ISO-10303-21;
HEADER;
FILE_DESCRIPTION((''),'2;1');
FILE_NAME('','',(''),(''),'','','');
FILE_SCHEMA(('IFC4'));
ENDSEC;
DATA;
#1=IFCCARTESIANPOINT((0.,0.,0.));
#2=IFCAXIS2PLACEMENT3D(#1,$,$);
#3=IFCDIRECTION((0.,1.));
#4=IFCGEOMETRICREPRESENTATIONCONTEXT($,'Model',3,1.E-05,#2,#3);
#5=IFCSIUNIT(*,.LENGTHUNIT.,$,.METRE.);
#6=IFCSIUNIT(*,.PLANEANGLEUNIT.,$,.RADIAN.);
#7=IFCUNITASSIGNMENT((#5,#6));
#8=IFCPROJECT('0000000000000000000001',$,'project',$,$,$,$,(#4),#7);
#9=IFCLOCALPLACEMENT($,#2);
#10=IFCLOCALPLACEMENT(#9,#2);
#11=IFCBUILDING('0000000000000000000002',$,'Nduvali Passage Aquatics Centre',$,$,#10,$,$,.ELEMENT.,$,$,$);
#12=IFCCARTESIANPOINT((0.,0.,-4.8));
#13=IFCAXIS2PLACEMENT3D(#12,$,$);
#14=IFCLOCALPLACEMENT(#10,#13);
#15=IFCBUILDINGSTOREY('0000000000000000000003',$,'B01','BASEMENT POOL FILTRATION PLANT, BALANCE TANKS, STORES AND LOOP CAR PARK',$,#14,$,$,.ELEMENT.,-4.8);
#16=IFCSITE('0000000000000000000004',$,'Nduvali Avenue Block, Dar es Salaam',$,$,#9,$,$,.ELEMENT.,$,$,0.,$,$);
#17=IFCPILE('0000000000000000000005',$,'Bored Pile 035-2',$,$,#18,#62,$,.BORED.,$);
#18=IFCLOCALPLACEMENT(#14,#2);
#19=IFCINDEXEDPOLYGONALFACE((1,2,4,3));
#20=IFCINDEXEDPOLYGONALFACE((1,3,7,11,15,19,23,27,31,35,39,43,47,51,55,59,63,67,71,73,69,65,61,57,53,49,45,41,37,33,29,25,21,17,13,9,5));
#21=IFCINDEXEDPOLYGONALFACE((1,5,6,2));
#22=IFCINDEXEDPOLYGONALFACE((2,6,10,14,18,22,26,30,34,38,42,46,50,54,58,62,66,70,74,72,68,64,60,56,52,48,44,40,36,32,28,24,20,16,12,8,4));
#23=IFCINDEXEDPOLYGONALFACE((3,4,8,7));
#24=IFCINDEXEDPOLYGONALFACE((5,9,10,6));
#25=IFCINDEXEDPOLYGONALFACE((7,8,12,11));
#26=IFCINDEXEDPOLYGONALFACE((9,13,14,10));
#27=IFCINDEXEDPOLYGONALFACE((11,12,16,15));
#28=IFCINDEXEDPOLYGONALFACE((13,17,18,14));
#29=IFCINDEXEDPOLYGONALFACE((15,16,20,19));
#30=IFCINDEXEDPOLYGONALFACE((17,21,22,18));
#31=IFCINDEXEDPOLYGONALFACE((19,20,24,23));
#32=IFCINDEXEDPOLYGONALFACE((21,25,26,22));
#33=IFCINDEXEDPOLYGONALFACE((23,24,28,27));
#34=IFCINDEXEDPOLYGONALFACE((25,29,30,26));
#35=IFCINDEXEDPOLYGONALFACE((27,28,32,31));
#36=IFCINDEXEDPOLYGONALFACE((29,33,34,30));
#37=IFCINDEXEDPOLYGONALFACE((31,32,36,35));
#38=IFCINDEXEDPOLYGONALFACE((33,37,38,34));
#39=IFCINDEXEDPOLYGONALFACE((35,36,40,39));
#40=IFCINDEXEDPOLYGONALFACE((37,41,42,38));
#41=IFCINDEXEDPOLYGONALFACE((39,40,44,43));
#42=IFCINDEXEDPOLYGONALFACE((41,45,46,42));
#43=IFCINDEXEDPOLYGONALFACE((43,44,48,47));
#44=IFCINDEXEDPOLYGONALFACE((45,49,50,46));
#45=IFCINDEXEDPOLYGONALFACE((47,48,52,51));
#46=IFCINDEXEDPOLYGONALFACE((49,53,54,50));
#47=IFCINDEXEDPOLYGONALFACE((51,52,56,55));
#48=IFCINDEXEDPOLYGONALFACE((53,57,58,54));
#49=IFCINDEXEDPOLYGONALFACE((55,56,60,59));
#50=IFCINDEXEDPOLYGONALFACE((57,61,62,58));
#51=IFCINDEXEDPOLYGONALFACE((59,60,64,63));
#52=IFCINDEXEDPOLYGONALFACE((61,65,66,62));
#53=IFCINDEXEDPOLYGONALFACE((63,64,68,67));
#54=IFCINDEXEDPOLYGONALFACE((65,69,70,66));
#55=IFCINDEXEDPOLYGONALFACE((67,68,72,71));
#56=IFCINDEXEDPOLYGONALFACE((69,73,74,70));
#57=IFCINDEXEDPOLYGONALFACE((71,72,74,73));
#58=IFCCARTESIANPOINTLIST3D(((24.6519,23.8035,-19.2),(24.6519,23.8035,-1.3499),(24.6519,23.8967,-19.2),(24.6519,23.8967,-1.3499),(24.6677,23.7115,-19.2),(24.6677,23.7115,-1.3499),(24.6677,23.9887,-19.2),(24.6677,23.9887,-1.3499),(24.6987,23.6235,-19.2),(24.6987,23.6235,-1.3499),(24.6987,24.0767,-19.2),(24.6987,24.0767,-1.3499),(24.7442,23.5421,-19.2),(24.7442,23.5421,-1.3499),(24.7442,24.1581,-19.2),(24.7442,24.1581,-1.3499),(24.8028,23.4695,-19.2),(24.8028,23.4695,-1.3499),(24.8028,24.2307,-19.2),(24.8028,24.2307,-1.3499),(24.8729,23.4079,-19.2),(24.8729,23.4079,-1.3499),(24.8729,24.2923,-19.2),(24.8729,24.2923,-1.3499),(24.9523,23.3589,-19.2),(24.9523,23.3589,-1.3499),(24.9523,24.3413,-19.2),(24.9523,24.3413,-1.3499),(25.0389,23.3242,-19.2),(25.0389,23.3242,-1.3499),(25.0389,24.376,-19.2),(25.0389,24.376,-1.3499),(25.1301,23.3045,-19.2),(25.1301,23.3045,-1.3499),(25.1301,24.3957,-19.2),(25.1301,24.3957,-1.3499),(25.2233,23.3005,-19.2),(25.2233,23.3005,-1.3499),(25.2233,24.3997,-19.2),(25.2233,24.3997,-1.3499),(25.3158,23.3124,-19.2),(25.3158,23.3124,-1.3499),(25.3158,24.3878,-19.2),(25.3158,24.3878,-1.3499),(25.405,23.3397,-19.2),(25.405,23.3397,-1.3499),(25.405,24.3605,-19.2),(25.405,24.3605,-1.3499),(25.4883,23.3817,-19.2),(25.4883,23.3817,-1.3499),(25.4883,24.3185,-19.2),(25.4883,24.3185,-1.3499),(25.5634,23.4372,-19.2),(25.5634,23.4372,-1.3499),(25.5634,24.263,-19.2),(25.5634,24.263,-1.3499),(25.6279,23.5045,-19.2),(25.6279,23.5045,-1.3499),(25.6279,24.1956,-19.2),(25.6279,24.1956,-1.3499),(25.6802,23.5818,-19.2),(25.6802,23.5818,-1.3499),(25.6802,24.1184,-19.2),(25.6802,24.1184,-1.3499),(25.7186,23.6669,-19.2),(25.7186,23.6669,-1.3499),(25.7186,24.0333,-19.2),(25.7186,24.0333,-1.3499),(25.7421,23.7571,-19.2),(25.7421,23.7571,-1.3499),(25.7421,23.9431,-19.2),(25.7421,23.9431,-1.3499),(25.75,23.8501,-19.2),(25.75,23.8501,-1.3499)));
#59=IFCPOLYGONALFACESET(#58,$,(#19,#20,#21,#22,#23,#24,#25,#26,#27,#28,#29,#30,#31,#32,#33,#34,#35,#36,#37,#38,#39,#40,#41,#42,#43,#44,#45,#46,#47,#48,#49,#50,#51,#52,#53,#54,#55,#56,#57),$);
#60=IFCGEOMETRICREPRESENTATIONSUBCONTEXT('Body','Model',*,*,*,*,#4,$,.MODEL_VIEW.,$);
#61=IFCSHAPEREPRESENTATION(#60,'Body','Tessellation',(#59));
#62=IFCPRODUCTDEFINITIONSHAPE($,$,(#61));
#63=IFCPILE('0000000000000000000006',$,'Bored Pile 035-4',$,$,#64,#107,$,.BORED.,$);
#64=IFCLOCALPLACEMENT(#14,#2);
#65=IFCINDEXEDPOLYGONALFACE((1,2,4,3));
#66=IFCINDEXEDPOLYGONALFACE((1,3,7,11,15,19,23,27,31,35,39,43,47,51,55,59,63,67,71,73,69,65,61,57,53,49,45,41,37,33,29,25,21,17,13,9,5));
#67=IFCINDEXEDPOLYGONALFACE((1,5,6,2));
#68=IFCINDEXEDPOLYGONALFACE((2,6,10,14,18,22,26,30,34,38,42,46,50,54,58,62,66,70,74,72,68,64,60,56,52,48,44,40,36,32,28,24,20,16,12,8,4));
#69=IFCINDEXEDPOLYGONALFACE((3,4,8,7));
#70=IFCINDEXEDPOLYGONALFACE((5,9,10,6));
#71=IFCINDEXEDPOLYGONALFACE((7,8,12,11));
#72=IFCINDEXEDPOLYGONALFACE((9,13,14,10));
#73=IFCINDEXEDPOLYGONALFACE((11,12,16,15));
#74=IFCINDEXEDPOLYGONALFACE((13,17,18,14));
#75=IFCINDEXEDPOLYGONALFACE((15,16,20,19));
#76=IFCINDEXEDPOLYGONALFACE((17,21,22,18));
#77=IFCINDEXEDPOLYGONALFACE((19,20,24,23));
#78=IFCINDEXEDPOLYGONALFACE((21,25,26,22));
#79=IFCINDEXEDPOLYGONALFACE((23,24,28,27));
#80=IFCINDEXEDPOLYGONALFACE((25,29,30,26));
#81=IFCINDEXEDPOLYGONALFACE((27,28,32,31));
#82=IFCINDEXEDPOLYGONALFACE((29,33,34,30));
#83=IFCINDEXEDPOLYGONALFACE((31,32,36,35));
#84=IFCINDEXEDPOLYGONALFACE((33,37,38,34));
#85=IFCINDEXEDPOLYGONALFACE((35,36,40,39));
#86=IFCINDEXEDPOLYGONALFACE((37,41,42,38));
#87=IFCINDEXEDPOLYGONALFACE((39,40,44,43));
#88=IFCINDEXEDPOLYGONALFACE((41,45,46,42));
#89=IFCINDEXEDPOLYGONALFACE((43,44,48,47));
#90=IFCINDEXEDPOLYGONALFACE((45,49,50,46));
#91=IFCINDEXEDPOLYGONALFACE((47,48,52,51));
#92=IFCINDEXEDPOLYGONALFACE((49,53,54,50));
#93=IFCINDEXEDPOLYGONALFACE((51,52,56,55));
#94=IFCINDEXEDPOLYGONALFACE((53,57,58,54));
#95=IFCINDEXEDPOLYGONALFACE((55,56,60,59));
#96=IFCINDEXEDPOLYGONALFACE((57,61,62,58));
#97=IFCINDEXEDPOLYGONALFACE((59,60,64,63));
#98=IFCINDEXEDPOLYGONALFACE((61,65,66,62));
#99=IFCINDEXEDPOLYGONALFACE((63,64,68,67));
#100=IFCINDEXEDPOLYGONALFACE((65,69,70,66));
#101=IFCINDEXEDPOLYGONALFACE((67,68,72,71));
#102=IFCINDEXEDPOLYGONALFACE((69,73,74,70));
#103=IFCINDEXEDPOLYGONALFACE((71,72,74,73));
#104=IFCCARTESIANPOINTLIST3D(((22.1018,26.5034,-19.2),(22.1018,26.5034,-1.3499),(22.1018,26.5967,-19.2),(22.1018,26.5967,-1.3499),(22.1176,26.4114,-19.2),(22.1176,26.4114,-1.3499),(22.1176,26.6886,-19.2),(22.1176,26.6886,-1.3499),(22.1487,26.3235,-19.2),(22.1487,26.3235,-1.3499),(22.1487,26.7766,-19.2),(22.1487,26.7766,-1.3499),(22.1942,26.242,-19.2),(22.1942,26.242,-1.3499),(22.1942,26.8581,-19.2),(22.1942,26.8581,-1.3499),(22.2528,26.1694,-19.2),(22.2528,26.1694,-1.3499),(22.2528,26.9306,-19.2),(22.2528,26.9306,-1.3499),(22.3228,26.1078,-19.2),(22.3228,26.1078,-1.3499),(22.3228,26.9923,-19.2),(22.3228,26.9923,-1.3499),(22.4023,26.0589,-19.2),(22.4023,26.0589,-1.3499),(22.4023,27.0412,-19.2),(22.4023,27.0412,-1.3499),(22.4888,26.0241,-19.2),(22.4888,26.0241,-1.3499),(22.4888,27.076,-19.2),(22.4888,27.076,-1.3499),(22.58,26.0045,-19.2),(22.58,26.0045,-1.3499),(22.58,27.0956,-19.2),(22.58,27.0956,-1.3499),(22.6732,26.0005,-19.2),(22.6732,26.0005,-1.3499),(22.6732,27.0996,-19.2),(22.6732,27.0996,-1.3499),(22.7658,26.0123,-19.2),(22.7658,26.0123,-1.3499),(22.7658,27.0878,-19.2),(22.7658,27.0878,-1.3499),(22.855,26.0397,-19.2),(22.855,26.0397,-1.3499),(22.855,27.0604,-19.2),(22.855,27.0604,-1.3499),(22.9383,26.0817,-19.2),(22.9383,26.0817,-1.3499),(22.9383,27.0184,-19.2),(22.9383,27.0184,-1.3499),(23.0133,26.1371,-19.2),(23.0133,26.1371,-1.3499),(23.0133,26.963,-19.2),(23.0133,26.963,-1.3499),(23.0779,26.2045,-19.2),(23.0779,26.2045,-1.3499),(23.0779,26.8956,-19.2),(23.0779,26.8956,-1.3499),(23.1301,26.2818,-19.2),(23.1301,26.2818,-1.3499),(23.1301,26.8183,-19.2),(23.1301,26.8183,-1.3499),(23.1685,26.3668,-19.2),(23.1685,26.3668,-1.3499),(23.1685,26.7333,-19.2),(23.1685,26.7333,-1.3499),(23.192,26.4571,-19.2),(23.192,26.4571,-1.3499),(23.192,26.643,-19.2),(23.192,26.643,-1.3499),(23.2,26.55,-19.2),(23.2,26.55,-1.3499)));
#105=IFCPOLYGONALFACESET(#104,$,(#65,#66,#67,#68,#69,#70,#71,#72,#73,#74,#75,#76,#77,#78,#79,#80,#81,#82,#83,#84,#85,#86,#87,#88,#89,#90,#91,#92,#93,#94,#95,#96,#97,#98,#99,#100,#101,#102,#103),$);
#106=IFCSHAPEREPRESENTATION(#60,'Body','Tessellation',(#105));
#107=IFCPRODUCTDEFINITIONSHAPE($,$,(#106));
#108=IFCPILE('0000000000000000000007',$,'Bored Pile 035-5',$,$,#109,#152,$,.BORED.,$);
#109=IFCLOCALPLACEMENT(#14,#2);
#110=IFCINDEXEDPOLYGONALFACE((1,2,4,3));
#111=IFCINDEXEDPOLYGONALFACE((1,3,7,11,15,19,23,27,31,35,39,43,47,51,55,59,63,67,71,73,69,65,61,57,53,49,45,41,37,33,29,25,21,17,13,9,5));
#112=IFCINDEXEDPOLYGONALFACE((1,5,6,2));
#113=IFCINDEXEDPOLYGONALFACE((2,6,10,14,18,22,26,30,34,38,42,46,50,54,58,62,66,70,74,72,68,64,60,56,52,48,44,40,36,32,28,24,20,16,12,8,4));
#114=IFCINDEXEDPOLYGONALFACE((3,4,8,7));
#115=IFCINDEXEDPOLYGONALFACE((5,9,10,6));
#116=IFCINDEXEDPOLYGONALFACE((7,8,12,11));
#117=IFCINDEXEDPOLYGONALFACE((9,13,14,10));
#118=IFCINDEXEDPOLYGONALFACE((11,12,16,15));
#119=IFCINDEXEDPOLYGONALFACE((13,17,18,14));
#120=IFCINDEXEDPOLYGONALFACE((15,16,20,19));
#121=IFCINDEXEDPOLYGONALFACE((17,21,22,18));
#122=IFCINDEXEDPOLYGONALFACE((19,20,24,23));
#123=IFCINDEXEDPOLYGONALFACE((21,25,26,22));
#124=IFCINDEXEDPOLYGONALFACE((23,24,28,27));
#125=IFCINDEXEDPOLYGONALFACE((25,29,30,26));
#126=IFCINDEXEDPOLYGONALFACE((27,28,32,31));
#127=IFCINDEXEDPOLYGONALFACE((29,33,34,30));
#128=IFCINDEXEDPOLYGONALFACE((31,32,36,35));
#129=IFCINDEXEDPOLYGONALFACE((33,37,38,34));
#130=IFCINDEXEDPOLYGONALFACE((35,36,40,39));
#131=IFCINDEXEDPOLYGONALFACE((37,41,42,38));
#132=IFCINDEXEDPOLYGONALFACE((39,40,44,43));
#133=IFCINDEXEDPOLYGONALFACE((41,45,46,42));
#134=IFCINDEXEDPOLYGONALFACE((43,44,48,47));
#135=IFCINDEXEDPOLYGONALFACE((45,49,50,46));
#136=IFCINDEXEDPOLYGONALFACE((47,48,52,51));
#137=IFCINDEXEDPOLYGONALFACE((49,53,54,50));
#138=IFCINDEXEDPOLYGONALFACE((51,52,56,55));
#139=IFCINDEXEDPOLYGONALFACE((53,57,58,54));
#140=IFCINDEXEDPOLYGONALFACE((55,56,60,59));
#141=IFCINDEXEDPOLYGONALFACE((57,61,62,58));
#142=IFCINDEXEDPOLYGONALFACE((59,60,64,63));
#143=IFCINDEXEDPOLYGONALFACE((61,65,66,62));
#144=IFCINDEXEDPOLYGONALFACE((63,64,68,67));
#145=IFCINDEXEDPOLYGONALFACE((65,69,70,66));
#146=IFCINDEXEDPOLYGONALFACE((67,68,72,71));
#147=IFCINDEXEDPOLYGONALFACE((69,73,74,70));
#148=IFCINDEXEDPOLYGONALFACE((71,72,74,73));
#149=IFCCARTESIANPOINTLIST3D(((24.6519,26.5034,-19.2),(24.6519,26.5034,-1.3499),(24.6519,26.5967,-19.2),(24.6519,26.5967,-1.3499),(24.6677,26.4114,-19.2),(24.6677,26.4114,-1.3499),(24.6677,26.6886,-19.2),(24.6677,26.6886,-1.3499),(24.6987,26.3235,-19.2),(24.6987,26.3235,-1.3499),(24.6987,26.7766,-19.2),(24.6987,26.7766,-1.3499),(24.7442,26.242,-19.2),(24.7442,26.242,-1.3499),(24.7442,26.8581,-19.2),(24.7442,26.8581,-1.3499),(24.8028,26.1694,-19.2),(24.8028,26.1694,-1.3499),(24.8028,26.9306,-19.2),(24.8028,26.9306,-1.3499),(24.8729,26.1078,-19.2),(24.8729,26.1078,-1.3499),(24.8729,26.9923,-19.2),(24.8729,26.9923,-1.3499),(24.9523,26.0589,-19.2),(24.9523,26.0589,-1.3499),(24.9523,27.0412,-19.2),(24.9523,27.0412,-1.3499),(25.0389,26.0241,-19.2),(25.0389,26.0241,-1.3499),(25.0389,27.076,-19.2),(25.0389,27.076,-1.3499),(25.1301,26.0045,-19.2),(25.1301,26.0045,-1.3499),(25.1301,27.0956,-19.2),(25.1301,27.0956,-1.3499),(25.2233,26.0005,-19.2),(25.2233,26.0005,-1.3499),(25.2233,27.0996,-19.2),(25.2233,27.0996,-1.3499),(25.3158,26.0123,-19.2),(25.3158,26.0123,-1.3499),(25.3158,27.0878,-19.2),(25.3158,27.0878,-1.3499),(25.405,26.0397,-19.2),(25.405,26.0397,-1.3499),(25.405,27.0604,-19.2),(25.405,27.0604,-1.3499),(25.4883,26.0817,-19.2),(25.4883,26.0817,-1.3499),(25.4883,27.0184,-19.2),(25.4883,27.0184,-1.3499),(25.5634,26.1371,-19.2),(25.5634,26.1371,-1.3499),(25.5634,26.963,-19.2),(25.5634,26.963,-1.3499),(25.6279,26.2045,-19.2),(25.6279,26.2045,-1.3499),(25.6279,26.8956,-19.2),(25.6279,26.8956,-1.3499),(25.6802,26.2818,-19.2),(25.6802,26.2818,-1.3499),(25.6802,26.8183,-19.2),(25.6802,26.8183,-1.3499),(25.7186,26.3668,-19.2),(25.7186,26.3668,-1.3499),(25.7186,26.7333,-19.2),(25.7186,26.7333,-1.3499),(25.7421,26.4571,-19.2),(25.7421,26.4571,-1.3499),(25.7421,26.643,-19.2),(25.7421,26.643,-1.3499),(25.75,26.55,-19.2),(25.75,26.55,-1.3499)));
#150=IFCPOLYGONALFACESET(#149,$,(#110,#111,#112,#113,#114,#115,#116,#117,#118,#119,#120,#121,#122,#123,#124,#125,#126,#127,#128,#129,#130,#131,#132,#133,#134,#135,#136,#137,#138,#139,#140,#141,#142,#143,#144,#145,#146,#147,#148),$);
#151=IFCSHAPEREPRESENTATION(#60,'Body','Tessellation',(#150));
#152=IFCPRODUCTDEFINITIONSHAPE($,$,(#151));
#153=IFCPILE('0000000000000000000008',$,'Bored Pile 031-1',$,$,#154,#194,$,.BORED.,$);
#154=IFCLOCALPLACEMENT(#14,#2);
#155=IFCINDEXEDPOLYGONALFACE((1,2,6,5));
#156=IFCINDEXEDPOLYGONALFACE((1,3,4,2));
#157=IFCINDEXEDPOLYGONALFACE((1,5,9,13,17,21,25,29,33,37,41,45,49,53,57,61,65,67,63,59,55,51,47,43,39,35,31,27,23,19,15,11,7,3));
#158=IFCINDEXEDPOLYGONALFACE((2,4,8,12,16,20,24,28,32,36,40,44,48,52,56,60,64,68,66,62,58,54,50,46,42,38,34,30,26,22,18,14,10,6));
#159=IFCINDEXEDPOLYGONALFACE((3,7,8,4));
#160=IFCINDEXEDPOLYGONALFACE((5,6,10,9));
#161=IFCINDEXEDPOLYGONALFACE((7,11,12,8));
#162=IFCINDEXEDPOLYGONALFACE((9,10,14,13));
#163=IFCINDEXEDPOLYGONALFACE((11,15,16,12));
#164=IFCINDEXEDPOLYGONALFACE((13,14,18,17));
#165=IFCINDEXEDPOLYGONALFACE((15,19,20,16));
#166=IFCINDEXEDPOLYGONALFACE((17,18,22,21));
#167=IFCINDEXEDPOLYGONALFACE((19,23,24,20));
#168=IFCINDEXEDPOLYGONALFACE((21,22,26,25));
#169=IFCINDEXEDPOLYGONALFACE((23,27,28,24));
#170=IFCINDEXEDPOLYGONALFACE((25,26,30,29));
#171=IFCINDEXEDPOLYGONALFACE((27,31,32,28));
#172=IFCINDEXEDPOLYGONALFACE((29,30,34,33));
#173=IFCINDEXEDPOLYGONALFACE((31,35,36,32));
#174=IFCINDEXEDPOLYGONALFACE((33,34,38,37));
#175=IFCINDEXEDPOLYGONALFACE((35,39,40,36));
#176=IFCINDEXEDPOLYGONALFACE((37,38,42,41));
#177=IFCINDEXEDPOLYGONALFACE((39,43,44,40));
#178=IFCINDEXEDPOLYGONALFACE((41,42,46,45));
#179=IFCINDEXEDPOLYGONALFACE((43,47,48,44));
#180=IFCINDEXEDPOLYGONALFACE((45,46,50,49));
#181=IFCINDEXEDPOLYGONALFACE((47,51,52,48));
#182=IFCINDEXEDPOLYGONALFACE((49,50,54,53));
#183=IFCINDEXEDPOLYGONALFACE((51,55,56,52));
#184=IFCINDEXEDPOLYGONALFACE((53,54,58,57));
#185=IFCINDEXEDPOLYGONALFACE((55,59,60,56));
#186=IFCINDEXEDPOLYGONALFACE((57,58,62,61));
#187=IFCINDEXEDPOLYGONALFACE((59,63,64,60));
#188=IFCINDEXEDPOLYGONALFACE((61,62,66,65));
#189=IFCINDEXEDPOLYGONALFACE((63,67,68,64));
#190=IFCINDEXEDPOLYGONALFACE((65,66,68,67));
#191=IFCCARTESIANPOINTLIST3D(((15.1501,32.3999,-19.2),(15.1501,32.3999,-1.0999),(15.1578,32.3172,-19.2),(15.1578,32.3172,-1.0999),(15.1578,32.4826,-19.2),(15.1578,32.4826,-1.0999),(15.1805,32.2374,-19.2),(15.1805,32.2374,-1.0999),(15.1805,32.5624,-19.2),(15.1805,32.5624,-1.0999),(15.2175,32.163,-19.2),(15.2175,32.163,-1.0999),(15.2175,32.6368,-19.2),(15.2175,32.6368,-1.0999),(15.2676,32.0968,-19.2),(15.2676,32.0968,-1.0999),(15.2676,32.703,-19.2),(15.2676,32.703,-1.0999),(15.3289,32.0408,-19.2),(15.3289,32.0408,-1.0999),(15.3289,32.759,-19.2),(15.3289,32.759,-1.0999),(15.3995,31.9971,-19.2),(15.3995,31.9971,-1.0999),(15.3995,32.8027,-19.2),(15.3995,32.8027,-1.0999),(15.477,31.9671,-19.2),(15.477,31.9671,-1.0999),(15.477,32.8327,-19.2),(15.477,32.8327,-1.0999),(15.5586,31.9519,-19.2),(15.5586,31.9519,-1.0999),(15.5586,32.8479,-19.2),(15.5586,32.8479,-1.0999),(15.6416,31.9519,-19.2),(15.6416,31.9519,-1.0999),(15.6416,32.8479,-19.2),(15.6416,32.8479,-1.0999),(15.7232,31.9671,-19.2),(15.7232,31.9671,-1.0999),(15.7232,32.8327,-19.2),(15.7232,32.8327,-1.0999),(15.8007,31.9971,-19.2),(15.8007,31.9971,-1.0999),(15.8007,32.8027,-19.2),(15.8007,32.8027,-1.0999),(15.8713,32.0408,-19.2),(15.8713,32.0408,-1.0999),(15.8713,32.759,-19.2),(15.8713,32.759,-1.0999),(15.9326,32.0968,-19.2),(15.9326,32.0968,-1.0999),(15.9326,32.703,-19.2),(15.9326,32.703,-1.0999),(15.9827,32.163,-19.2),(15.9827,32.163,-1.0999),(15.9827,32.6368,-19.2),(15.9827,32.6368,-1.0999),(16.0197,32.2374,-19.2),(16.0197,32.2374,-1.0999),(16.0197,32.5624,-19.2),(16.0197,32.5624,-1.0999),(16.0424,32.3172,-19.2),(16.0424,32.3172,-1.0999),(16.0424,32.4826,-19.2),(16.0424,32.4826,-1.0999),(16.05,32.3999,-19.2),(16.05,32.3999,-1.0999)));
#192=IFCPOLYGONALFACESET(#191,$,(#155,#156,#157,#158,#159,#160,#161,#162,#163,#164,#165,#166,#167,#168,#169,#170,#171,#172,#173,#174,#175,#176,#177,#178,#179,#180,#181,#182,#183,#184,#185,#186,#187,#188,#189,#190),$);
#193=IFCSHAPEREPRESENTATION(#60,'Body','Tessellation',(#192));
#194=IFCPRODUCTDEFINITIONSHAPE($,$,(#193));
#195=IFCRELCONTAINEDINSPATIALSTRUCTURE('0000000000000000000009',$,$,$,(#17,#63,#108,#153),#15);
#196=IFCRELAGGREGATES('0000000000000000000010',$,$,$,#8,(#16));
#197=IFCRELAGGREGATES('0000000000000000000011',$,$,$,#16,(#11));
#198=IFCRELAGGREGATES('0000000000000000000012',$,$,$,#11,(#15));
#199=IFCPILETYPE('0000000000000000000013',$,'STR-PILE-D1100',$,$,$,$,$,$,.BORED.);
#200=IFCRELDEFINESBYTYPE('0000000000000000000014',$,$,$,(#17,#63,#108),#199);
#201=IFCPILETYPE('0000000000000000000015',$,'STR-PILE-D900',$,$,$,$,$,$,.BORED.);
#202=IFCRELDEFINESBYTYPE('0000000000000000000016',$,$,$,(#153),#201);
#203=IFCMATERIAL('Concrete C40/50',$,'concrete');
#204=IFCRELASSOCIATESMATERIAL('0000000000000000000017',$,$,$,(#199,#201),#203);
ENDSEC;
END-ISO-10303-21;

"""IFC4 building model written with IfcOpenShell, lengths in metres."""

from ifc_helpers import new_model, si_unit, direction, frame, origin, origin_2d, place, context, subcontext, project, spatial, circle, extrude, material, material_profile, profile_set, type_object, element, save


model = new_model("IFC4")

# Units and contexts
model_context = context("Model", 3, precision=1e-05, world=origin(), true_north=direction((0.0, 1.0)))
body_context = subcontext(model_context, "Body", "Model", "MODEL_VIEW")
ifc_project = project(units=[si_unit("LENGTHUNIT", "METRE"), si_unit("PLANEANGLEUNIT", "RADIAN")], contexts=[model_context])

# Site, building, storey
site_placement = place(None, origin())
site = spatial("IfcSite", under=ifc_project, at=site_placement, Name="Nduvali Avenue Block, Dar es Salaam", CompositionType="ELEMENT", RefElevation=0.0)
building_placement = place(site_placement, origin())
building = spatial("IfcBuilding", under=site, at=building_placement, Name="Nduvali Passage Aquatics Centre", CompositionType="ELEMENT")
storey_placement = place(building_placement, frame((0.0, 0.0, -4.8)))
storey = spatial("IfcBuildingStorey", under=building, at=storey_placement, Name="B01", Description="BASEMENT POOL FILTRATION PLANT, BALANCE TANKS, STORES AND LOOP CAR PARK", CompositionType="ELEMENT", Elevation=-4.8)

# Shared definitions
ifc_material_1 = material(Name="Concrete C40/50", Category="concrete")

# Piles
ifc_material_profile_1 = material_profile(ifc_material_1, circle(Radius=0.55, at=origin_2d()), Name="PILE D1100")
ifc_profile_set_1 = profile_set([ifc_material_profile_1], Name="Concrete C40/50")
pile_type_1 = type_object("IfcPileType", Name="STR-PILE-D1100", PredefinedType="BORED", material=ifc_profile_set_1)
for number, where, z_axis, x_axis, name in (
    (1, (25.2, 23.8501, -1.3499), (0.0, 0.0, -1.0), (1.0, 0.0, 0.0), "Bored Pile 035-2"),
    (2, (22.6499, 26.55, -1.3499), (0.0, 0.0, -1.0), (1.0, 0.0, 0.0), "Bored Pile 035-4"),
    (3, (25.2, 26.55, -1.3499), (0.0, 0.0, -1.0), (1.0, 0.0, 0.0), "Bored Pile 035-5"),
):
    element("IfcPile", number, at=place(storey_placement, frame(where, z_axis=z_axis, x_axis=x_axis)), inside=storey, type_object=pile_type_1, Name=name, PredefinedType="BORED", context=body_context, shape_type="SweptSolid", body=[
        extrude(circle(Radius=0.55, at=origin_2d()), origin(), (0.0, 0.0, 1.0), 17.8501),
    ])
ifc_material_profile_2 = material_profile(ifc_material_1, circle(Radius=0.45, at=origin_2d()), Name="PILE D900")
ifc_profile_set_2 = profile_set([ifc_material_profile_2], Name="Concrete C40/50")
pile_type_2 = type_object("IfcPileType", Name="STR-PILE-D900", PredefinedType="BORED", material=ifc_profile_set_2)
for number, where, z_axis, x_axis, name in (
    (4, (15.6001, 32.3999, -1.0999), (0.0, 0.0, -1.0), (1.0, 0.0, 0.0), "Bored Pile 031-1"),
):
    element("IfcPile", number, at=place(storey_placement, frame(where, z_axis=z_axis, x_axis=x_axis)), inside=storey, type_object=pile_type_2, Name=name, PredefinedType="BORED", context=body_context, shape_type="SweptSolid", body=[
        extrude(circle(Radius=0.45, at=origin_2d()), origin(), (0.0, 0.0, 1.0), 18.1001),
    ])

save(model, "model.ifc")
